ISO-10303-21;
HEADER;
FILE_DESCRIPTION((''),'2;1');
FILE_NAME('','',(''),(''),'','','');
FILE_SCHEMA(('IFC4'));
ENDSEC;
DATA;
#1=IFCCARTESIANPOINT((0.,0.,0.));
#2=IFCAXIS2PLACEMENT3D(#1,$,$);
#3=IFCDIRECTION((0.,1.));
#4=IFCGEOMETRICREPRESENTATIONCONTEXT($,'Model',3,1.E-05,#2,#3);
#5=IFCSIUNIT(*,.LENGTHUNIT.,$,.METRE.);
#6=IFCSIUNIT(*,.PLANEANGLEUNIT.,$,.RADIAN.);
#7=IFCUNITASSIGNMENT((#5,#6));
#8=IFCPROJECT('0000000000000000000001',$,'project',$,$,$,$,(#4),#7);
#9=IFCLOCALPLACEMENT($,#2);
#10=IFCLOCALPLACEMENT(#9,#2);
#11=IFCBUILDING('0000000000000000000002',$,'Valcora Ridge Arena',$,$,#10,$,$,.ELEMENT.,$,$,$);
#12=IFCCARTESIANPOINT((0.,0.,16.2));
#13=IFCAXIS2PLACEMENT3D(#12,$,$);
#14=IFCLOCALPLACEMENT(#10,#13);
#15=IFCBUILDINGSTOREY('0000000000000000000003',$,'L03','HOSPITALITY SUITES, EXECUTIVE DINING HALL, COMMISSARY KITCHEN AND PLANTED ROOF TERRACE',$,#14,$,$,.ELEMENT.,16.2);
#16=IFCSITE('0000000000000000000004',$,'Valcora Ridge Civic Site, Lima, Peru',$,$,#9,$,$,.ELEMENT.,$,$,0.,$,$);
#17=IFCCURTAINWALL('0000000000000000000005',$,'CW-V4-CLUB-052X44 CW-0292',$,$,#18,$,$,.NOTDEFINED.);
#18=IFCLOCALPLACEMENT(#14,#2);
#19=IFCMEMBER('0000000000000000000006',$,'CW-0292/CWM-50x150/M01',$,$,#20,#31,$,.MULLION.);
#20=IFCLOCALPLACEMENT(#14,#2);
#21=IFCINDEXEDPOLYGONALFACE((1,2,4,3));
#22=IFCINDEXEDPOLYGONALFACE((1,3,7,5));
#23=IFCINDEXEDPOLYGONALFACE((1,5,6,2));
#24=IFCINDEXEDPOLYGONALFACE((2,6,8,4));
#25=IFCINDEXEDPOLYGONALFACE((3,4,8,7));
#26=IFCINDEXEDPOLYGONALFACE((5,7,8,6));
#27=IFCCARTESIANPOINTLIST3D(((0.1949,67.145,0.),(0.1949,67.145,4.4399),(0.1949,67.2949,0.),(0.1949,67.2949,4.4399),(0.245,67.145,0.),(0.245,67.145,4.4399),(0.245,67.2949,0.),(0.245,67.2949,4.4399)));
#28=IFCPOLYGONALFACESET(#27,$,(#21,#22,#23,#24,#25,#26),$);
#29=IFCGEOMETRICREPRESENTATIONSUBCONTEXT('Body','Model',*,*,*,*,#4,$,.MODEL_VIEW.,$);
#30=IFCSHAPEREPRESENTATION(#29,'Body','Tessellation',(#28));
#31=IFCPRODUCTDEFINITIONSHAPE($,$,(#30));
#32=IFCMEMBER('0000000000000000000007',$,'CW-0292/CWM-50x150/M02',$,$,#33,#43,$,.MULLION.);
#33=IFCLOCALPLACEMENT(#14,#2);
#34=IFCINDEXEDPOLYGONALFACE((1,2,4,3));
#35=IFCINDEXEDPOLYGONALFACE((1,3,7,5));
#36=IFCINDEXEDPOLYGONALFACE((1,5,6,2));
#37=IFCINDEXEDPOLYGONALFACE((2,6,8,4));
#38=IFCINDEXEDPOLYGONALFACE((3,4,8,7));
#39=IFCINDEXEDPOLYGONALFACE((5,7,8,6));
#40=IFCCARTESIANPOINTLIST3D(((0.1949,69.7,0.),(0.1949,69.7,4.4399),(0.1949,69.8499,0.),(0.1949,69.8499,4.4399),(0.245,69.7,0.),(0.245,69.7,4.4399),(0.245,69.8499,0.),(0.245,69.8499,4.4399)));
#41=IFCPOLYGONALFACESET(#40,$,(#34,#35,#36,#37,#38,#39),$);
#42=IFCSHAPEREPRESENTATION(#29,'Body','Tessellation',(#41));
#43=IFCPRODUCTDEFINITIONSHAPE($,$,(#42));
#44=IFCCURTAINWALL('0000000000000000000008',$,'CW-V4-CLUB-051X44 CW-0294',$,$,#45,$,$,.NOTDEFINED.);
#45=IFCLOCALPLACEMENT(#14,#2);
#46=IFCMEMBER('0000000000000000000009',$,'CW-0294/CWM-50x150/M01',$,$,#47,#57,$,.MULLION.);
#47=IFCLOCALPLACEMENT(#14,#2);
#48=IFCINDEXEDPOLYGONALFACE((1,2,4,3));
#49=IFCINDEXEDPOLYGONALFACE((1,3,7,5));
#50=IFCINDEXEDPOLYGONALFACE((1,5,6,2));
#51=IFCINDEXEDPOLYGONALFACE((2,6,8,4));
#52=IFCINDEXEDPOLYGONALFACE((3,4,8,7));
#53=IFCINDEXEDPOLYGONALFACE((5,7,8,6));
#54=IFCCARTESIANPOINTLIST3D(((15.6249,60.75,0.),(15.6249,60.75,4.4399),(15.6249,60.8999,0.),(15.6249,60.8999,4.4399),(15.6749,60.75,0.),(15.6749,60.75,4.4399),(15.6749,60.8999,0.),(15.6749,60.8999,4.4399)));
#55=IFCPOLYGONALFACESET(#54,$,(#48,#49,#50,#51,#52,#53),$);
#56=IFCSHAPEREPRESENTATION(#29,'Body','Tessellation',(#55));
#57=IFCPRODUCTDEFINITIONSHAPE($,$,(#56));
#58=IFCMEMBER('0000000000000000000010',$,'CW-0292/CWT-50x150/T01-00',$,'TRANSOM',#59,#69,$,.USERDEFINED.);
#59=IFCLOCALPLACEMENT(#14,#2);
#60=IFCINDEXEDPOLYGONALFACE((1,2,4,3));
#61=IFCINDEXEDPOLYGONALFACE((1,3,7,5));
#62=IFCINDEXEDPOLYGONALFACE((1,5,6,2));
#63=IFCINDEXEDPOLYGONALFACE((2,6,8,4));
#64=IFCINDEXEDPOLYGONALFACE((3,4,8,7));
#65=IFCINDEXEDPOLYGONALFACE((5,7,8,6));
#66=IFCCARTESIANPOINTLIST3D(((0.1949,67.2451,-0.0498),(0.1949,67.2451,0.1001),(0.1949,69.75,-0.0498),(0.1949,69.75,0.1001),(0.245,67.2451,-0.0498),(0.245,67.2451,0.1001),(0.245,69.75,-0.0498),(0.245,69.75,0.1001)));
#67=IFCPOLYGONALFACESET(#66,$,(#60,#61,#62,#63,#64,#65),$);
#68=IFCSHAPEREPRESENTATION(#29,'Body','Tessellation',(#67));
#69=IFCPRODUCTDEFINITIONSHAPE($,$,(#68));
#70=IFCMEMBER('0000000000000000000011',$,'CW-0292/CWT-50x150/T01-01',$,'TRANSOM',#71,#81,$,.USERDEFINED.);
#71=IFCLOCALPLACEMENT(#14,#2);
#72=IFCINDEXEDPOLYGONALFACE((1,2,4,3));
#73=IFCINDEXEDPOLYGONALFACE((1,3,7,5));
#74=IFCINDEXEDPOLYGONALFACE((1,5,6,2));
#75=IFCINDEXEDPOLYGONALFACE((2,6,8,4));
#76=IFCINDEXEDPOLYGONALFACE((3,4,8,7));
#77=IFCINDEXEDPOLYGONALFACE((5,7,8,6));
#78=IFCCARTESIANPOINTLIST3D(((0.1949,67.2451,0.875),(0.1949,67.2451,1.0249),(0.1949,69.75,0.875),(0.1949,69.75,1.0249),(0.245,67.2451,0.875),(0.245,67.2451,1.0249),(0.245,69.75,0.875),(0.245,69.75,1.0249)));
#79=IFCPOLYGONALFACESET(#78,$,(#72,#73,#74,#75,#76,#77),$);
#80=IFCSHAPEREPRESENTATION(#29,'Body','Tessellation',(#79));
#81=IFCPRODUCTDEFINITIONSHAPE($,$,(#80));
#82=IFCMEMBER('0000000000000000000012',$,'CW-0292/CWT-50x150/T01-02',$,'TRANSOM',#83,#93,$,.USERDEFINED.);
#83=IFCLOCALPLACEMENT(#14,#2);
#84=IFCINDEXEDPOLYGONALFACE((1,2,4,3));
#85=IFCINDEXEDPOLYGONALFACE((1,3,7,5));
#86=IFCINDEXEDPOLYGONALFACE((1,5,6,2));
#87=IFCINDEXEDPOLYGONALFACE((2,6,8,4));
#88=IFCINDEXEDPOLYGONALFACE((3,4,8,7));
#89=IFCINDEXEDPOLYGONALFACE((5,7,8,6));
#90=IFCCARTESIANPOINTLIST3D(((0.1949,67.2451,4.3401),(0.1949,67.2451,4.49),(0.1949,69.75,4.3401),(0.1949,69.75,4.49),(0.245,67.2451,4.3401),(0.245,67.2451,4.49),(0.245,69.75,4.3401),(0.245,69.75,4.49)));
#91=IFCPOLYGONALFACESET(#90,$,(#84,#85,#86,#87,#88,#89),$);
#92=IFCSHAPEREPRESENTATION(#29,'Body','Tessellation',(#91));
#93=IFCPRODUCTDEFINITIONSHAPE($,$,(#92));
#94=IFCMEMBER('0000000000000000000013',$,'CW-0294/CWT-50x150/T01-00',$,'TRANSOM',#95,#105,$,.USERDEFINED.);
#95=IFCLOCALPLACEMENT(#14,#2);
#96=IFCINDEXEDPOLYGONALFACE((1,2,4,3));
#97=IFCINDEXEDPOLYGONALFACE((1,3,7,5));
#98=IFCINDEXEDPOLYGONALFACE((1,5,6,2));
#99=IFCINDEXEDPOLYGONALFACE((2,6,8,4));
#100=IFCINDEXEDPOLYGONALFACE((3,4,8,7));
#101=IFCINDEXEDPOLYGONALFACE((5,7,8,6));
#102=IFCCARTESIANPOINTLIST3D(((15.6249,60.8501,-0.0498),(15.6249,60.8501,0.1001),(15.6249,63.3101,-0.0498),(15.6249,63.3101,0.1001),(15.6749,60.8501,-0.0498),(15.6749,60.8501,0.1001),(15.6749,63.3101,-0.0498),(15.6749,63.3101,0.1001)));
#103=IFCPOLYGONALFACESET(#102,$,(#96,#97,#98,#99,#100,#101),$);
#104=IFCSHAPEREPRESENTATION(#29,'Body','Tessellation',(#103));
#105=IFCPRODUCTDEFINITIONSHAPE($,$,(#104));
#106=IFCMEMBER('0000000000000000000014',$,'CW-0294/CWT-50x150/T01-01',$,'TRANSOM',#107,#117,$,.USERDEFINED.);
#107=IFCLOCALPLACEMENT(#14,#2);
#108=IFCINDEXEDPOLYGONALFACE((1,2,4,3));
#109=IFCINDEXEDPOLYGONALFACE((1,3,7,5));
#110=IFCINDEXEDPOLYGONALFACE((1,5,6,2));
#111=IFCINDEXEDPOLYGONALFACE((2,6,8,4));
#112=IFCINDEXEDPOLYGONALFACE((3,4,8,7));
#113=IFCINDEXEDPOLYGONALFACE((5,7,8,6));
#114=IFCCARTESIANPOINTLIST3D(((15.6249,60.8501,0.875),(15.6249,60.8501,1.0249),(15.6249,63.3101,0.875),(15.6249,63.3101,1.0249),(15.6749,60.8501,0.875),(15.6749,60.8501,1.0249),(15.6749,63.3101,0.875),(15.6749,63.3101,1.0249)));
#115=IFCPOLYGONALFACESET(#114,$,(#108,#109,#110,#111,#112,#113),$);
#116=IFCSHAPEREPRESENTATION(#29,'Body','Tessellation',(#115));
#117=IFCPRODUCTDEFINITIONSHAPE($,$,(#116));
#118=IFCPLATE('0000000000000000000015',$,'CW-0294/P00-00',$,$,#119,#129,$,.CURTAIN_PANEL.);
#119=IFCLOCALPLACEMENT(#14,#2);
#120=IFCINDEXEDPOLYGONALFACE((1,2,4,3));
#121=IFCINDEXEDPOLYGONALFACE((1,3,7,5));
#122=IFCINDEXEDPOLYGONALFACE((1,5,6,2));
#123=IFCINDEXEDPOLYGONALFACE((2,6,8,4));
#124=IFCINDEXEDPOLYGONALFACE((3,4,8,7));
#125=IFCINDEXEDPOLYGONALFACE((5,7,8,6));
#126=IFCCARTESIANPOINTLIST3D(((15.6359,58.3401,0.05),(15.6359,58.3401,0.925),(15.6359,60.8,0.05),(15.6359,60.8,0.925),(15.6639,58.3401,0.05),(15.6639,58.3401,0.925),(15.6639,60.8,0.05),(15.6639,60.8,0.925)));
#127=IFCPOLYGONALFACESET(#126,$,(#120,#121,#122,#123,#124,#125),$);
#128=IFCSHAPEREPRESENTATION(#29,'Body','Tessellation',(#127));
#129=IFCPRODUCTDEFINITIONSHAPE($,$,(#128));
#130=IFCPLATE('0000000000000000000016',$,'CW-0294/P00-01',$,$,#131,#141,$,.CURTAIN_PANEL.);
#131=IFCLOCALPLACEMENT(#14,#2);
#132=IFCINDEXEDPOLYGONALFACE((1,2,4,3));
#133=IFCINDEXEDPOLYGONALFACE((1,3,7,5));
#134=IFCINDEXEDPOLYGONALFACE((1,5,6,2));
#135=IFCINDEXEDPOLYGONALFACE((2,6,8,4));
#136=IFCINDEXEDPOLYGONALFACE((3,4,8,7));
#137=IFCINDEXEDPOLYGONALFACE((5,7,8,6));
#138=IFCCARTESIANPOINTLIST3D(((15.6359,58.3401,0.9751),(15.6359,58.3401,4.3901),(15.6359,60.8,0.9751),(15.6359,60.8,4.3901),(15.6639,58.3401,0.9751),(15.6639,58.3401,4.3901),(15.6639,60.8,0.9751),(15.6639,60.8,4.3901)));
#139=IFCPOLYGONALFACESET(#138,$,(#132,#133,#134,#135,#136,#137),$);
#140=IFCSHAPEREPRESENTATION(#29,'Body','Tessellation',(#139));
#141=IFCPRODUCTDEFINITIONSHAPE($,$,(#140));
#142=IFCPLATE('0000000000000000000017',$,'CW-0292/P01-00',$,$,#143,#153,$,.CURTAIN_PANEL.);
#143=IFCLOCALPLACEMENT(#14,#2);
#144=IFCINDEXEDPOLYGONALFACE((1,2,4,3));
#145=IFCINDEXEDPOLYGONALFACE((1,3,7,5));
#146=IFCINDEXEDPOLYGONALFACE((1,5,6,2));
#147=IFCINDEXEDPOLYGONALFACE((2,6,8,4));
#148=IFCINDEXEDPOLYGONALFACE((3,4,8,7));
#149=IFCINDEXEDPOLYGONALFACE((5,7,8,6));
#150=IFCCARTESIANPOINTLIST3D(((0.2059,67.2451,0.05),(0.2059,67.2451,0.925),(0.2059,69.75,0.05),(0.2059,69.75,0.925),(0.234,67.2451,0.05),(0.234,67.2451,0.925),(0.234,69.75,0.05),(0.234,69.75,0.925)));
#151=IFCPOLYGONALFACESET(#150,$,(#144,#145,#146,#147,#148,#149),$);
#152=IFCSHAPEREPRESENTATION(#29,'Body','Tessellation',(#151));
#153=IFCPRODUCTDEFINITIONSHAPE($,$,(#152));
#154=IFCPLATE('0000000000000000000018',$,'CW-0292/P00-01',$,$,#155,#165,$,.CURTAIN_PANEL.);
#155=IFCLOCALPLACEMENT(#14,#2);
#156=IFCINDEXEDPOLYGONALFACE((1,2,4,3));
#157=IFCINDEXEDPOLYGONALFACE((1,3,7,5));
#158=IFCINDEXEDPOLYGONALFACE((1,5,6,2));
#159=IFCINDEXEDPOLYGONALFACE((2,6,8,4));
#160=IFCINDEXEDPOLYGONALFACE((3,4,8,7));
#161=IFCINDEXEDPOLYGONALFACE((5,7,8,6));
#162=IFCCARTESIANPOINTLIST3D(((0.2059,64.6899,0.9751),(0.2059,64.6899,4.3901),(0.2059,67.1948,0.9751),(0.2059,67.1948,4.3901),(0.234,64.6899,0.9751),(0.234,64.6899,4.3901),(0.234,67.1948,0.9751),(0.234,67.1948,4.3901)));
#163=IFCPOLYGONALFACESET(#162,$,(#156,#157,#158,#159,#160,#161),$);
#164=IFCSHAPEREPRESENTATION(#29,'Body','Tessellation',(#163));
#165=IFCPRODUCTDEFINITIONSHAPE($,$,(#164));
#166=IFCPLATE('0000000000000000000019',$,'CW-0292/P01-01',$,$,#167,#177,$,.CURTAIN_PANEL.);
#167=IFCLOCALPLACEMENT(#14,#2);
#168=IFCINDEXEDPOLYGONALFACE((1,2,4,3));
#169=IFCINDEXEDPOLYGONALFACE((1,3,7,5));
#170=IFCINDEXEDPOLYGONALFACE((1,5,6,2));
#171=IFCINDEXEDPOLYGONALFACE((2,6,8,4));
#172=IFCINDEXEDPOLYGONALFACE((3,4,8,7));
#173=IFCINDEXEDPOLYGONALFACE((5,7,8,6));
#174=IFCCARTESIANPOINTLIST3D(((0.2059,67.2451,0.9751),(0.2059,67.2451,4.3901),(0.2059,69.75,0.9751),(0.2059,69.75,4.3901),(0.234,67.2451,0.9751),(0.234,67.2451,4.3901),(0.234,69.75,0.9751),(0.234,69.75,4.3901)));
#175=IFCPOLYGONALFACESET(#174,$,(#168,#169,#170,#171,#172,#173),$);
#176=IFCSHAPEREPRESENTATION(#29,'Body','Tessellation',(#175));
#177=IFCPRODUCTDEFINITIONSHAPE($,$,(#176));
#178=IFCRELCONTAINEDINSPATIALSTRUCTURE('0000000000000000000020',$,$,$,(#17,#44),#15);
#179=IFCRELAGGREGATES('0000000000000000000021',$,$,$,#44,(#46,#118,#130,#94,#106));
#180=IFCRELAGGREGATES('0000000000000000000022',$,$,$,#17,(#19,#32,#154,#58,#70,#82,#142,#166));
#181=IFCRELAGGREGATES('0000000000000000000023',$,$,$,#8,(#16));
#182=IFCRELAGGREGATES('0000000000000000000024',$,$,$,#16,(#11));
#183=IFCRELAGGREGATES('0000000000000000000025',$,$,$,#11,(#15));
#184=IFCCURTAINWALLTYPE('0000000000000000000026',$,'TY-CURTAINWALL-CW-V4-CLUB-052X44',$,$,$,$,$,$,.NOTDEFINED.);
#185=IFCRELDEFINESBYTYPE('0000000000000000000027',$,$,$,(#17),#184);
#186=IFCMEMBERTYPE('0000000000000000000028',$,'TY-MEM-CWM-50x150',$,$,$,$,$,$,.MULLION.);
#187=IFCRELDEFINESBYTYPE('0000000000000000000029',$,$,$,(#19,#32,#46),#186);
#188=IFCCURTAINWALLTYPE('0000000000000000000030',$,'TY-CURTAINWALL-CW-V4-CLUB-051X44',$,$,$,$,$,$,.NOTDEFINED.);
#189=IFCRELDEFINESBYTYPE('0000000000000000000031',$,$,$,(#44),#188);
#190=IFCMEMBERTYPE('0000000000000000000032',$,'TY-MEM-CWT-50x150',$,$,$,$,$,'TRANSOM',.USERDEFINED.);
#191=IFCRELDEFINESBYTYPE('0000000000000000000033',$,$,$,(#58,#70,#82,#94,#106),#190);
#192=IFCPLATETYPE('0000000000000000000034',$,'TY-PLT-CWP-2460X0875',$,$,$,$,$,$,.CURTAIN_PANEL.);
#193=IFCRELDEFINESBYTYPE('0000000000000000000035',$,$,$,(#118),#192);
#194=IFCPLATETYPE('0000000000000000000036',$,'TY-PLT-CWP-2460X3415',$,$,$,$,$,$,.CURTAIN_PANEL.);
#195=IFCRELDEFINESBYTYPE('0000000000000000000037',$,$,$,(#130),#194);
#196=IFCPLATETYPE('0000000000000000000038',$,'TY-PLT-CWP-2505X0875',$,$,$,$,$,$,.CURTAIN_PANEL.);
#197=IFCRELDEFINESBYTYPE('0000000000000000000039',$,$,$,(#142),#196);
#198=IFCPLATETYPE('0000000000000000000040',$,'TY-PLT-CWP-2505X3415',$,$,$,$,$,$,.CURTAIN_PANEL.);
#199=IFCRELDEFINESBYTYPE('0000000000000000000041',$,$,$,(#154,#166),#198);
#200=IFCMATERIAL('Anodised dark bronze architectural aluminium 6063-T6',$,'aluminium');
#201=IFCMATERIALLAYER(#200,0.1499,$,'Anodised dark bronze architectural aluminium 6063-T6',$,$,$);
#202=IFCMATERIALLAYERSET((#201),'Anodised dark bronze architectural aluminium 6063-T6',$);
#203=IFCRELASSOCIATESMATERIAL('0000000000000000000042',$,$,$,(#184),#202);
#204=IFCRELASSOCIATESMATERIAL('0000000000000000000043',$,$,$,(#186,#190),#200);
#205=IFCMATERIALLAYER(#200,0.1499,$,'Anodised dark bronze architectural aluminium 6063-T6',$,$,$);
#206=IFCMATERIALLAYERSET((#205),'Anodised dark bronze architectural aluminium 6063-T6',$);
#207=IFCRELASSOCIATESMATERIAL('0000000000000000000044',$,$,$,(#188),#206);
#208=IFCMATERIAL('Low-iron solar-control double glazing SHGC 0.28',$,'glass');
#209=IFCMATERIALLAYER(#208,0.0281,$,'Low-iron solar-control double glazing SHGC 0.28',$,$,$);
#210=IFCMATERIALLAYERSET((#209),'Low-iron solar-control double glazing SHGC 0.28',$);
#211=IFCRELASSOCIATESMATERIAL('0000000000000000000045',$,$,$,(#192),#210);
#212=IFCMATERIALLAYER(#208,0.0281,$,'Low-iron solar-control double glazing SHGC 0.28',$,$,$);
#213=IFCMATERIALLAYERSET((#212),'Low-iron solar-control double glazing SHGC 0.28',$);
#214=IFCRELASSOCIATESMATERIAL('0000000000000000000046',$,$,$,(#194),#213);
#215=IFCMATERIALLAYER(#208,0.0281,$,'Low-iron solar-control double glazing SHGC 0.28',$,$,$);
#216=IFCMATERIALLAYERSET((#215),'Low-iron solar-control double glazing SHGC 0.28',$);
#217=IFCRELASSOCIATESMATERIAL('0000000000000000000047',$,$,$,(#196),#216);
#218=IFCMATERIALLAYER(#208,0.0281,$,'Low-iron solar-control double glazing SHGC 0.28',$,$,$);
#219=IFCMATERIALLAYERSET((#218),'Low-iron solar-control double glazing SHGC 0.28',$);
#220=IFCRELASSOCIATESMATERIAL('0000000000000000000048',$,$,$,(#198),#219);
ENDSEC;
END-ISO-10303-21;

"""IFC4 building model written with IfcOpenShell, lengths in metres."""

from ifc_helpers import new_model, si_unit, direction, frame, origin, origin_2d, place, context, subcontext, project, spatial, rectangle, extrude, material, layer, layer_set, material_profile, profile_set, type_object, element, aggregate, save


model = new_model("IFC4")

# Units and contexts
model_context = context("Model", 3, precision=1e-05, world=origin(), true_north=direction((0.0, 1.0)))
body_context = subcontext(model_context, "Body", "Model", "MODEL_VIEW")
ifc_project = project(units=[si_unit("LENGTHUNIT", "METRE"), si_unit("PLANEANGLEUNIT", "RADIAN")], contexts=[model_context])

# Site, building, storey
site_placement = place(None, origin())
site = spatial("IfcSite", under=ifc_project, at=site_placement, Name="Valcora Ridge Civic Site, Lima, Peru", CompositionType="ELEMENT", RefElevation=0.0)
building_placement = place(site_placement, origin())
building = spatial("IfcBuilding", under=site, at=building_placement, Name="Valcora Ridge Arena", CompositionType="ELEMENT")
storey_placement = place(building_placement, frame((0.0, 0.0, 16.2)))
storey = spatial("IfcBuildingStorey", under=building, at=storey_placement, Name="L03", Description="HOSPITALITY SUITES, EXECUTIVE DINING HALL, COMMISSARY KITCHEN AND PLANTED ROOF TERRACE", CompositionType="ELEMENT", Elevation=16.2)

# Curtain wall, members
ifc_material_1 = material(Name="Anodised dark bronze architectural aluminium 6063-T6", Category="aluminium")
ifc_layer_1 = layer(ifc_material_1, 0.1499, Name="Anodised dark bronze architectural aluminium 6063-T6")
ifc_layer_set_1 = layer_set([ifc_layer_1], Name="Anodised dark bronze architectural aluminium 6063-T6")
curtain_wall_type_1 = type_object("IfcCurtainWallType", Name="TY-CURTAINWALL-CW-V4-CLUB-052X44", PredefinedType="NOTDEFINED", material=ifc_layer_set_1)
curtain_wall_1_placement = place(storey_placement, origin())
curtain_wall_1 = element("IfcCurtainWall", 1, at=curtain_wall_1_placement, inside=storey, type_object=curtain_wall_type_1, Name="CW-V4-CLUB-052X44 CW-0292", PredefinedType="NOTDEFINED")
ifc_material_profile_1 = material_profile(ifc_material_1, rectangle(XDim=0.05, YDim=0.1499, at=origin_2d()), Name="ALU MULLION 50x150")
ifc_profile_set_1 = profile_set([ifc_material_profile_1], Name="Anodised dark bronze architectural aluminium 6063-T6")
member_type_1 = type_object("IfcMemberType", Name="TY-MEM-CWM-50x150", PredefinedType="MULLION", material=ifc_profile_set_1)
member_1_placement = place(storey_placement, frame((0.22, 67.22, 0.0), z_axis=(0.0, 0.0, 1.0), x_axis=(-1.0, 0.0, 0.0)))
member_1 = element("IfcMember", 2, at=member_1_placement, type_object=member_type_1, Name="CW-0292/CWM-50x150/M01", PredefinedType="MULLION", context=body_context, shape_type="SweptSolid", body=[
    extrude(rectangle(XDim=0.05, YDim=0.1499, at=origin_2d()), origin(), (0.0, 0.0, 1.0), 4.4399),
])
member_2_placement = place(storey_placement, frame((0.22, 69.7749, 0.0), z_axis=(0.0, 0.0, 1.0), x_axis=(-1.0, 0.0, 0.0)))
member_2 = element("IfcMember", 3, at=member_2_placement, type_object=member_type_1, Name="CW-0292/CWM-50x150/M02", PredefinedType="MULLION", context=body_context, shape_type="SweptSolid", body=[
    extrude(rectangle(XDim=0.05, YDim=0.1499, at=origin_2d()), origin(), (0.0, 0.0, 1.0), 4.4399),
])

# Curtain wall, member
ifc_layer_2 = layer(ifc_material_1, 0.1499, Name="Anodised dark bronze architectural aluminium 6063-T6")
ifc_layer_set_2 = layer_set([ifc_layer_2], Name="Anodised dark bronze architectural aluminium 6063-T6")
curtain_wall_type_2 = type_object("IfcCurtainWallType", Name="TY-CURTAINWALL-CW-V4-CLUB-051X44", PredefinedType="NOTDEFINED", material=ifc_layer_set_2)
curtain_wall_2_placement = place(storey_placement, origin())
curtain_wall_2 = element("IfcCurtainWall", 4, at=curtain_wall_2_placement, inside=storey, type_object=curtain_wall_type_2, Name="CW-V4-CLUB-051X44 CW-0294", PredefinedType="NOTDEFINED")
member_3_placement = place(storey_placement, frame((15.6499, 60.825, 0.0), z_axis=(0.0, 0.0, 1.0), x_axis=(-1.0, 0.0, 0.0)))
member_3 = element("IfcMember", 5, at=member_3_placement, type_object=member_type_1, Name="CW-0294/CWM-50x150/M01", PredefinedType="MULLION", context=body_context, shape_type="SweptSolid", body=[
    extrude(rectangle(XDim=0.05, YDim=0.1499, at=origin_2d()), origin(), (0.0, 0.0, 1.0), 4.4399),
])

# Members
ifc_material_profile_2 = material_profile(ifc_material_1, rectangle(XDim=0.05, YDim=0.1499, at=origin_2d()), Name="ALU TRANSOM 50x150")
ifc_profile_set_2 = profile_set([ifc_material_profile_2], Name="Anodised dark bronze architectural aluminium 6063-T6")
member_type_2 = type_object("IfcMemberType", Name="TY-MEM-CWT-50x150", ElementType="TRANSOM", PredefinedType="USERDEFINED", material=ifc_profile_set_2)
member_4_placement = place(storey_placement, frame((0.22, 67.2451, 0.0251), z_axis=(0.0, 1.0, 0.0), x_axis=(-1.0, 0.0, 0.0)))
member_4 = element("IfcMember", 6, at=member_4_placement, type_object=member_type_2, Name="CW-0292/CWT-50x150/T01-00", ObjectType="TRANSOM", PredefinedType="USERDEFINED", context=body_context, shape_type="SweptSolid", body=[
    extrude(rectangle(XDim=0.05, YDim=0.1499, at=origin_2d()), origin(), (0.0, 0.0, 1.0), 2.5049),
])
member_5_placement = place(storey_placement, frame((0.22, 67.2451, 0.95), z_axis=(0.0, 1.0, 0.0), x_axis=(-1.0, 0.0, 0.0)))
member_5 = element("IfcMember", 7, at=member_5_placement, type_object=member_type_2, Name="CW-0292/CWT-50x150/T01-01", ObjectType="TRANSOM", PredefinedType="USERDEFINED", context=body_context, shape_type="SweptSolid", body=[
    extrude(rectangle(XDim=0.05, YDim=0.1499, at=origin_2d()), origin(), (0.0, 0.0, 1.0), 2.5049),
])
member_6_placement = place(storey_placement, frame((0.22, 67.2451, 4.415), z_axis=(0.0, 1.0, 0.0), x_axis=(-1.0, 0.0, 0.0)))
member_6 = element("IfcMember", 8, at=member_6_placement, type_object=member_type_2, Name="CW-0292/CWT-50x150/T01-02", ObjectType="TRANSOM", PredefinedType="USERDEFINED", context=body_context, shape_type="SweptSolid", body=[
    extrude(rectangle(XDim=0.05, YDim=0.1499, at=origin_2d()), origin(), (0.0, 0.0, 1.0), 2.5049),
])
member_7_placement = place(storey_placement, frame((15.6499, 60.8501, 0.0251), z_axis=(0.0, 1.0, 0.0), x_axis=(-1.0, 0.0, 0.0)))
member_7 = element("IfcMember", 9, at=member_7_placement, type_object=member_type_2, Name="CW-0294/CWT-50x150/T01-00", ObjectType="TRANSOM", PredefinedType="USERDEFINED", context=body_context, shape_type="SweptSolid", body=[
    extrude(rectangle(XDim=0.05, YDim=0.1499, at=origin_2d()), origin(), (0.0, 0.0, 1.0), 2.46),
])
member_8_placement = place(storey_placement, frame((15.6499, 60.8501, 0.95), z_axis=(0.0, 1.0, 0.0), x_axis=(-1.0, 0.0, 0.0)))
member_8 = element("IfcMember", 10, at=member_8_placement, type_object=member_type_2, Name="CW-0294/CWT-50x150/T01-01", ObjectType="TRANSOM", PredefinedType="USERDEFINED", context=body_context, shape_type="SweptSolid", body=[
    extrude(rectangle(XDim=0.05, YDim=0.1499, at=origin_2d()), origin(), (0.0, 0.0, 1.0), 2.46),
])

# Plates
ifc_material_2 = material(Name="Low-iron solar-control double glazing SHGC 0.28", Category="glass")
ifc_layer_3 = layer(ifc_material_2, 0.0281, Name="Low-iron solar-control double glazing SHGC 0.28")
ifc_layer_set_3 = layer_set([ifc_layer_3], Name="Low-iron solar-control double glazing SHGC 0.28")
plate_type_1 = type_object("IfcPlateType", Name="TY-PLT-CWP-2460X0875", PredefinedType="CURTAIN_PANEL", material=ifc_layer_set_3)
plate_1_placement = place(storey_placement, frame((15.6499, 59.5701, 0.05), z_axis=(0.0, 0.0, 1.0), x_axis=(0.0, 1.0, 0.0)))
plate_1 = element("IfcPlate", 11, at=plate_1_placement, type_object=plate_type_1, Name="CW-0294/P00-00", PredefinedType="CURTAIN_PANEL", context=body_context, shape_type="SweptSolid", body=[
    extrude(rectangle(XDim=2.46, YDim=0.0281, at=origin_2d()), origin(), (0.0, 0.0, 1.0), 0.875),
])
ifc_layer_4 = layer(ifc_material_2, 0.0281, Name="Low-iron solar-control double glazing SHGC 0.28")
ifc_layer_set_4 = layer_set([ifc_layer_4], Name="Low-iron solar-control double glazing SHGC 0.28")
plate_type_2 = type_object("IfcPlateType", Name="TY-PLT-CWP-2460X3415", PredefinedType="CURTAIN_PANEL", material=ifc_layer_set_4)
plate_2_placement = place(storey_placement, frame((15.6499, 59.5701, 0.9751), z_axis=(0.0, 0.0, 1.0), x_axis=(0.0, 1.0, 0.0)))
plate_2 = element("IfcPlate", 12, at=plate_2_placement, type_object=plate_type_2, Name="CW-0294/P00-01", PredefinedType="CURTAIN_PANEL", context=body_context, shape_type="SweptSolid", body=[
    extrude(rectangle(XDim=2.46, YDim=0.0281, at=origin_2d()), origin(), (0.0, 0.0, 1.0), 3.415),
])
aggregate(curtain_wall_2, [member_3, plate_1, plate_2, member_7, member_8])
ifc_layer_5 = layer(ifc_material_2, 0.0281, Name="Low-iron solar-control double glazing SHGC 0.28")
ifc_layer_set_5 = layer_set([ifc_layer_5], Name="Low-iron solar-control double glazing SHGC 0.28")
plate_type_3 = type_object("IfcPlateType", Name="TY-PLT-CWP-2505X0875", PredefinedType="CURTAIN_PANEL", material=ifc_layer_set_5)
plate_3_placement = place(storey_placement, frame((0.22, 68.4976, 0.05), z_axis=(0.0, 0.0, 1.0), x_axis=(0.0, 1.0, 0.0)))
plate_3 = element("IfcPlate", 13, at=plate_3_placement, type_object=plate_type_3, Name="CW-0292/P01-00", PredefinedType="CURTAIN_PANEL", context=body_context, shape_type="SweptSolid", body=[
    extrude(rectangle(XDim=2.5049, YDim=0.0281, at=origin_2d()), origin(), (0.0, 0.0, 1.0), 0.875),
])
ifc_layer_6 = layer(ifc_material_2, 0.0281, Name="Low-iron solar-control double glazing SHGC 0.28")
ifc_layer_set_6 = layer_set([ifc_layer_6], Name="Low-iron solar-control double glazing SHGC 0.28")
plate_type_4 = type_object("IfcPlateType", Name="TY-PLT-CWP-2505X3415", PredefinedType="CURTAIN_PANEL", material=ifc_layer_set_6)
plate_4_placement = place(storey_placement, frame((0.22, 65.9424, 0.9751), z_axis=(0.0, 0.0, 1.0), x_axis=(0.0, 1.0, 0.0)))
plate_4 = element("IfcPlate", 14, at=plate_4_placement, type_object=plate_type_4, Name="CW-0292/P00-01", PredefinedType="CURTAIN_PANEL", context=body_context, shape_type="SweptSolid", body=[
    extrude(rectangle(XDim=2.5049, YDim=0.0281, at=origin_2d()), origin(), (0.0, 0.0, 1.0), 3.415),
])
plate_5_placement = place(storey_placement, frame((0.22, 68.4976, 0.9751), z_axis=(0.0, 0.0, 1.0), x_axis=(0.0, 1.0, 0.0)))
plate_5 = element("IfcPlate", 15, at=plate_5_placement, type_object=plate_type_4, Name="CW-0292/P01-01", PredefinedType="CURTAIN_PANEL", context=body_context, shape_type="SweptSolid", body=[
    extrude(rectangle(XDim=2.5049, YDim=0.0281, at=origin_2d()), origin(), (0.0, 0.0, 1.0), 3.415),
])
aggregate(curtain_wall_1, [member_1, member_2, plate_4, member_4, member_5, member_6, plate_3, plate_5])

save(model, "model.ifc")
